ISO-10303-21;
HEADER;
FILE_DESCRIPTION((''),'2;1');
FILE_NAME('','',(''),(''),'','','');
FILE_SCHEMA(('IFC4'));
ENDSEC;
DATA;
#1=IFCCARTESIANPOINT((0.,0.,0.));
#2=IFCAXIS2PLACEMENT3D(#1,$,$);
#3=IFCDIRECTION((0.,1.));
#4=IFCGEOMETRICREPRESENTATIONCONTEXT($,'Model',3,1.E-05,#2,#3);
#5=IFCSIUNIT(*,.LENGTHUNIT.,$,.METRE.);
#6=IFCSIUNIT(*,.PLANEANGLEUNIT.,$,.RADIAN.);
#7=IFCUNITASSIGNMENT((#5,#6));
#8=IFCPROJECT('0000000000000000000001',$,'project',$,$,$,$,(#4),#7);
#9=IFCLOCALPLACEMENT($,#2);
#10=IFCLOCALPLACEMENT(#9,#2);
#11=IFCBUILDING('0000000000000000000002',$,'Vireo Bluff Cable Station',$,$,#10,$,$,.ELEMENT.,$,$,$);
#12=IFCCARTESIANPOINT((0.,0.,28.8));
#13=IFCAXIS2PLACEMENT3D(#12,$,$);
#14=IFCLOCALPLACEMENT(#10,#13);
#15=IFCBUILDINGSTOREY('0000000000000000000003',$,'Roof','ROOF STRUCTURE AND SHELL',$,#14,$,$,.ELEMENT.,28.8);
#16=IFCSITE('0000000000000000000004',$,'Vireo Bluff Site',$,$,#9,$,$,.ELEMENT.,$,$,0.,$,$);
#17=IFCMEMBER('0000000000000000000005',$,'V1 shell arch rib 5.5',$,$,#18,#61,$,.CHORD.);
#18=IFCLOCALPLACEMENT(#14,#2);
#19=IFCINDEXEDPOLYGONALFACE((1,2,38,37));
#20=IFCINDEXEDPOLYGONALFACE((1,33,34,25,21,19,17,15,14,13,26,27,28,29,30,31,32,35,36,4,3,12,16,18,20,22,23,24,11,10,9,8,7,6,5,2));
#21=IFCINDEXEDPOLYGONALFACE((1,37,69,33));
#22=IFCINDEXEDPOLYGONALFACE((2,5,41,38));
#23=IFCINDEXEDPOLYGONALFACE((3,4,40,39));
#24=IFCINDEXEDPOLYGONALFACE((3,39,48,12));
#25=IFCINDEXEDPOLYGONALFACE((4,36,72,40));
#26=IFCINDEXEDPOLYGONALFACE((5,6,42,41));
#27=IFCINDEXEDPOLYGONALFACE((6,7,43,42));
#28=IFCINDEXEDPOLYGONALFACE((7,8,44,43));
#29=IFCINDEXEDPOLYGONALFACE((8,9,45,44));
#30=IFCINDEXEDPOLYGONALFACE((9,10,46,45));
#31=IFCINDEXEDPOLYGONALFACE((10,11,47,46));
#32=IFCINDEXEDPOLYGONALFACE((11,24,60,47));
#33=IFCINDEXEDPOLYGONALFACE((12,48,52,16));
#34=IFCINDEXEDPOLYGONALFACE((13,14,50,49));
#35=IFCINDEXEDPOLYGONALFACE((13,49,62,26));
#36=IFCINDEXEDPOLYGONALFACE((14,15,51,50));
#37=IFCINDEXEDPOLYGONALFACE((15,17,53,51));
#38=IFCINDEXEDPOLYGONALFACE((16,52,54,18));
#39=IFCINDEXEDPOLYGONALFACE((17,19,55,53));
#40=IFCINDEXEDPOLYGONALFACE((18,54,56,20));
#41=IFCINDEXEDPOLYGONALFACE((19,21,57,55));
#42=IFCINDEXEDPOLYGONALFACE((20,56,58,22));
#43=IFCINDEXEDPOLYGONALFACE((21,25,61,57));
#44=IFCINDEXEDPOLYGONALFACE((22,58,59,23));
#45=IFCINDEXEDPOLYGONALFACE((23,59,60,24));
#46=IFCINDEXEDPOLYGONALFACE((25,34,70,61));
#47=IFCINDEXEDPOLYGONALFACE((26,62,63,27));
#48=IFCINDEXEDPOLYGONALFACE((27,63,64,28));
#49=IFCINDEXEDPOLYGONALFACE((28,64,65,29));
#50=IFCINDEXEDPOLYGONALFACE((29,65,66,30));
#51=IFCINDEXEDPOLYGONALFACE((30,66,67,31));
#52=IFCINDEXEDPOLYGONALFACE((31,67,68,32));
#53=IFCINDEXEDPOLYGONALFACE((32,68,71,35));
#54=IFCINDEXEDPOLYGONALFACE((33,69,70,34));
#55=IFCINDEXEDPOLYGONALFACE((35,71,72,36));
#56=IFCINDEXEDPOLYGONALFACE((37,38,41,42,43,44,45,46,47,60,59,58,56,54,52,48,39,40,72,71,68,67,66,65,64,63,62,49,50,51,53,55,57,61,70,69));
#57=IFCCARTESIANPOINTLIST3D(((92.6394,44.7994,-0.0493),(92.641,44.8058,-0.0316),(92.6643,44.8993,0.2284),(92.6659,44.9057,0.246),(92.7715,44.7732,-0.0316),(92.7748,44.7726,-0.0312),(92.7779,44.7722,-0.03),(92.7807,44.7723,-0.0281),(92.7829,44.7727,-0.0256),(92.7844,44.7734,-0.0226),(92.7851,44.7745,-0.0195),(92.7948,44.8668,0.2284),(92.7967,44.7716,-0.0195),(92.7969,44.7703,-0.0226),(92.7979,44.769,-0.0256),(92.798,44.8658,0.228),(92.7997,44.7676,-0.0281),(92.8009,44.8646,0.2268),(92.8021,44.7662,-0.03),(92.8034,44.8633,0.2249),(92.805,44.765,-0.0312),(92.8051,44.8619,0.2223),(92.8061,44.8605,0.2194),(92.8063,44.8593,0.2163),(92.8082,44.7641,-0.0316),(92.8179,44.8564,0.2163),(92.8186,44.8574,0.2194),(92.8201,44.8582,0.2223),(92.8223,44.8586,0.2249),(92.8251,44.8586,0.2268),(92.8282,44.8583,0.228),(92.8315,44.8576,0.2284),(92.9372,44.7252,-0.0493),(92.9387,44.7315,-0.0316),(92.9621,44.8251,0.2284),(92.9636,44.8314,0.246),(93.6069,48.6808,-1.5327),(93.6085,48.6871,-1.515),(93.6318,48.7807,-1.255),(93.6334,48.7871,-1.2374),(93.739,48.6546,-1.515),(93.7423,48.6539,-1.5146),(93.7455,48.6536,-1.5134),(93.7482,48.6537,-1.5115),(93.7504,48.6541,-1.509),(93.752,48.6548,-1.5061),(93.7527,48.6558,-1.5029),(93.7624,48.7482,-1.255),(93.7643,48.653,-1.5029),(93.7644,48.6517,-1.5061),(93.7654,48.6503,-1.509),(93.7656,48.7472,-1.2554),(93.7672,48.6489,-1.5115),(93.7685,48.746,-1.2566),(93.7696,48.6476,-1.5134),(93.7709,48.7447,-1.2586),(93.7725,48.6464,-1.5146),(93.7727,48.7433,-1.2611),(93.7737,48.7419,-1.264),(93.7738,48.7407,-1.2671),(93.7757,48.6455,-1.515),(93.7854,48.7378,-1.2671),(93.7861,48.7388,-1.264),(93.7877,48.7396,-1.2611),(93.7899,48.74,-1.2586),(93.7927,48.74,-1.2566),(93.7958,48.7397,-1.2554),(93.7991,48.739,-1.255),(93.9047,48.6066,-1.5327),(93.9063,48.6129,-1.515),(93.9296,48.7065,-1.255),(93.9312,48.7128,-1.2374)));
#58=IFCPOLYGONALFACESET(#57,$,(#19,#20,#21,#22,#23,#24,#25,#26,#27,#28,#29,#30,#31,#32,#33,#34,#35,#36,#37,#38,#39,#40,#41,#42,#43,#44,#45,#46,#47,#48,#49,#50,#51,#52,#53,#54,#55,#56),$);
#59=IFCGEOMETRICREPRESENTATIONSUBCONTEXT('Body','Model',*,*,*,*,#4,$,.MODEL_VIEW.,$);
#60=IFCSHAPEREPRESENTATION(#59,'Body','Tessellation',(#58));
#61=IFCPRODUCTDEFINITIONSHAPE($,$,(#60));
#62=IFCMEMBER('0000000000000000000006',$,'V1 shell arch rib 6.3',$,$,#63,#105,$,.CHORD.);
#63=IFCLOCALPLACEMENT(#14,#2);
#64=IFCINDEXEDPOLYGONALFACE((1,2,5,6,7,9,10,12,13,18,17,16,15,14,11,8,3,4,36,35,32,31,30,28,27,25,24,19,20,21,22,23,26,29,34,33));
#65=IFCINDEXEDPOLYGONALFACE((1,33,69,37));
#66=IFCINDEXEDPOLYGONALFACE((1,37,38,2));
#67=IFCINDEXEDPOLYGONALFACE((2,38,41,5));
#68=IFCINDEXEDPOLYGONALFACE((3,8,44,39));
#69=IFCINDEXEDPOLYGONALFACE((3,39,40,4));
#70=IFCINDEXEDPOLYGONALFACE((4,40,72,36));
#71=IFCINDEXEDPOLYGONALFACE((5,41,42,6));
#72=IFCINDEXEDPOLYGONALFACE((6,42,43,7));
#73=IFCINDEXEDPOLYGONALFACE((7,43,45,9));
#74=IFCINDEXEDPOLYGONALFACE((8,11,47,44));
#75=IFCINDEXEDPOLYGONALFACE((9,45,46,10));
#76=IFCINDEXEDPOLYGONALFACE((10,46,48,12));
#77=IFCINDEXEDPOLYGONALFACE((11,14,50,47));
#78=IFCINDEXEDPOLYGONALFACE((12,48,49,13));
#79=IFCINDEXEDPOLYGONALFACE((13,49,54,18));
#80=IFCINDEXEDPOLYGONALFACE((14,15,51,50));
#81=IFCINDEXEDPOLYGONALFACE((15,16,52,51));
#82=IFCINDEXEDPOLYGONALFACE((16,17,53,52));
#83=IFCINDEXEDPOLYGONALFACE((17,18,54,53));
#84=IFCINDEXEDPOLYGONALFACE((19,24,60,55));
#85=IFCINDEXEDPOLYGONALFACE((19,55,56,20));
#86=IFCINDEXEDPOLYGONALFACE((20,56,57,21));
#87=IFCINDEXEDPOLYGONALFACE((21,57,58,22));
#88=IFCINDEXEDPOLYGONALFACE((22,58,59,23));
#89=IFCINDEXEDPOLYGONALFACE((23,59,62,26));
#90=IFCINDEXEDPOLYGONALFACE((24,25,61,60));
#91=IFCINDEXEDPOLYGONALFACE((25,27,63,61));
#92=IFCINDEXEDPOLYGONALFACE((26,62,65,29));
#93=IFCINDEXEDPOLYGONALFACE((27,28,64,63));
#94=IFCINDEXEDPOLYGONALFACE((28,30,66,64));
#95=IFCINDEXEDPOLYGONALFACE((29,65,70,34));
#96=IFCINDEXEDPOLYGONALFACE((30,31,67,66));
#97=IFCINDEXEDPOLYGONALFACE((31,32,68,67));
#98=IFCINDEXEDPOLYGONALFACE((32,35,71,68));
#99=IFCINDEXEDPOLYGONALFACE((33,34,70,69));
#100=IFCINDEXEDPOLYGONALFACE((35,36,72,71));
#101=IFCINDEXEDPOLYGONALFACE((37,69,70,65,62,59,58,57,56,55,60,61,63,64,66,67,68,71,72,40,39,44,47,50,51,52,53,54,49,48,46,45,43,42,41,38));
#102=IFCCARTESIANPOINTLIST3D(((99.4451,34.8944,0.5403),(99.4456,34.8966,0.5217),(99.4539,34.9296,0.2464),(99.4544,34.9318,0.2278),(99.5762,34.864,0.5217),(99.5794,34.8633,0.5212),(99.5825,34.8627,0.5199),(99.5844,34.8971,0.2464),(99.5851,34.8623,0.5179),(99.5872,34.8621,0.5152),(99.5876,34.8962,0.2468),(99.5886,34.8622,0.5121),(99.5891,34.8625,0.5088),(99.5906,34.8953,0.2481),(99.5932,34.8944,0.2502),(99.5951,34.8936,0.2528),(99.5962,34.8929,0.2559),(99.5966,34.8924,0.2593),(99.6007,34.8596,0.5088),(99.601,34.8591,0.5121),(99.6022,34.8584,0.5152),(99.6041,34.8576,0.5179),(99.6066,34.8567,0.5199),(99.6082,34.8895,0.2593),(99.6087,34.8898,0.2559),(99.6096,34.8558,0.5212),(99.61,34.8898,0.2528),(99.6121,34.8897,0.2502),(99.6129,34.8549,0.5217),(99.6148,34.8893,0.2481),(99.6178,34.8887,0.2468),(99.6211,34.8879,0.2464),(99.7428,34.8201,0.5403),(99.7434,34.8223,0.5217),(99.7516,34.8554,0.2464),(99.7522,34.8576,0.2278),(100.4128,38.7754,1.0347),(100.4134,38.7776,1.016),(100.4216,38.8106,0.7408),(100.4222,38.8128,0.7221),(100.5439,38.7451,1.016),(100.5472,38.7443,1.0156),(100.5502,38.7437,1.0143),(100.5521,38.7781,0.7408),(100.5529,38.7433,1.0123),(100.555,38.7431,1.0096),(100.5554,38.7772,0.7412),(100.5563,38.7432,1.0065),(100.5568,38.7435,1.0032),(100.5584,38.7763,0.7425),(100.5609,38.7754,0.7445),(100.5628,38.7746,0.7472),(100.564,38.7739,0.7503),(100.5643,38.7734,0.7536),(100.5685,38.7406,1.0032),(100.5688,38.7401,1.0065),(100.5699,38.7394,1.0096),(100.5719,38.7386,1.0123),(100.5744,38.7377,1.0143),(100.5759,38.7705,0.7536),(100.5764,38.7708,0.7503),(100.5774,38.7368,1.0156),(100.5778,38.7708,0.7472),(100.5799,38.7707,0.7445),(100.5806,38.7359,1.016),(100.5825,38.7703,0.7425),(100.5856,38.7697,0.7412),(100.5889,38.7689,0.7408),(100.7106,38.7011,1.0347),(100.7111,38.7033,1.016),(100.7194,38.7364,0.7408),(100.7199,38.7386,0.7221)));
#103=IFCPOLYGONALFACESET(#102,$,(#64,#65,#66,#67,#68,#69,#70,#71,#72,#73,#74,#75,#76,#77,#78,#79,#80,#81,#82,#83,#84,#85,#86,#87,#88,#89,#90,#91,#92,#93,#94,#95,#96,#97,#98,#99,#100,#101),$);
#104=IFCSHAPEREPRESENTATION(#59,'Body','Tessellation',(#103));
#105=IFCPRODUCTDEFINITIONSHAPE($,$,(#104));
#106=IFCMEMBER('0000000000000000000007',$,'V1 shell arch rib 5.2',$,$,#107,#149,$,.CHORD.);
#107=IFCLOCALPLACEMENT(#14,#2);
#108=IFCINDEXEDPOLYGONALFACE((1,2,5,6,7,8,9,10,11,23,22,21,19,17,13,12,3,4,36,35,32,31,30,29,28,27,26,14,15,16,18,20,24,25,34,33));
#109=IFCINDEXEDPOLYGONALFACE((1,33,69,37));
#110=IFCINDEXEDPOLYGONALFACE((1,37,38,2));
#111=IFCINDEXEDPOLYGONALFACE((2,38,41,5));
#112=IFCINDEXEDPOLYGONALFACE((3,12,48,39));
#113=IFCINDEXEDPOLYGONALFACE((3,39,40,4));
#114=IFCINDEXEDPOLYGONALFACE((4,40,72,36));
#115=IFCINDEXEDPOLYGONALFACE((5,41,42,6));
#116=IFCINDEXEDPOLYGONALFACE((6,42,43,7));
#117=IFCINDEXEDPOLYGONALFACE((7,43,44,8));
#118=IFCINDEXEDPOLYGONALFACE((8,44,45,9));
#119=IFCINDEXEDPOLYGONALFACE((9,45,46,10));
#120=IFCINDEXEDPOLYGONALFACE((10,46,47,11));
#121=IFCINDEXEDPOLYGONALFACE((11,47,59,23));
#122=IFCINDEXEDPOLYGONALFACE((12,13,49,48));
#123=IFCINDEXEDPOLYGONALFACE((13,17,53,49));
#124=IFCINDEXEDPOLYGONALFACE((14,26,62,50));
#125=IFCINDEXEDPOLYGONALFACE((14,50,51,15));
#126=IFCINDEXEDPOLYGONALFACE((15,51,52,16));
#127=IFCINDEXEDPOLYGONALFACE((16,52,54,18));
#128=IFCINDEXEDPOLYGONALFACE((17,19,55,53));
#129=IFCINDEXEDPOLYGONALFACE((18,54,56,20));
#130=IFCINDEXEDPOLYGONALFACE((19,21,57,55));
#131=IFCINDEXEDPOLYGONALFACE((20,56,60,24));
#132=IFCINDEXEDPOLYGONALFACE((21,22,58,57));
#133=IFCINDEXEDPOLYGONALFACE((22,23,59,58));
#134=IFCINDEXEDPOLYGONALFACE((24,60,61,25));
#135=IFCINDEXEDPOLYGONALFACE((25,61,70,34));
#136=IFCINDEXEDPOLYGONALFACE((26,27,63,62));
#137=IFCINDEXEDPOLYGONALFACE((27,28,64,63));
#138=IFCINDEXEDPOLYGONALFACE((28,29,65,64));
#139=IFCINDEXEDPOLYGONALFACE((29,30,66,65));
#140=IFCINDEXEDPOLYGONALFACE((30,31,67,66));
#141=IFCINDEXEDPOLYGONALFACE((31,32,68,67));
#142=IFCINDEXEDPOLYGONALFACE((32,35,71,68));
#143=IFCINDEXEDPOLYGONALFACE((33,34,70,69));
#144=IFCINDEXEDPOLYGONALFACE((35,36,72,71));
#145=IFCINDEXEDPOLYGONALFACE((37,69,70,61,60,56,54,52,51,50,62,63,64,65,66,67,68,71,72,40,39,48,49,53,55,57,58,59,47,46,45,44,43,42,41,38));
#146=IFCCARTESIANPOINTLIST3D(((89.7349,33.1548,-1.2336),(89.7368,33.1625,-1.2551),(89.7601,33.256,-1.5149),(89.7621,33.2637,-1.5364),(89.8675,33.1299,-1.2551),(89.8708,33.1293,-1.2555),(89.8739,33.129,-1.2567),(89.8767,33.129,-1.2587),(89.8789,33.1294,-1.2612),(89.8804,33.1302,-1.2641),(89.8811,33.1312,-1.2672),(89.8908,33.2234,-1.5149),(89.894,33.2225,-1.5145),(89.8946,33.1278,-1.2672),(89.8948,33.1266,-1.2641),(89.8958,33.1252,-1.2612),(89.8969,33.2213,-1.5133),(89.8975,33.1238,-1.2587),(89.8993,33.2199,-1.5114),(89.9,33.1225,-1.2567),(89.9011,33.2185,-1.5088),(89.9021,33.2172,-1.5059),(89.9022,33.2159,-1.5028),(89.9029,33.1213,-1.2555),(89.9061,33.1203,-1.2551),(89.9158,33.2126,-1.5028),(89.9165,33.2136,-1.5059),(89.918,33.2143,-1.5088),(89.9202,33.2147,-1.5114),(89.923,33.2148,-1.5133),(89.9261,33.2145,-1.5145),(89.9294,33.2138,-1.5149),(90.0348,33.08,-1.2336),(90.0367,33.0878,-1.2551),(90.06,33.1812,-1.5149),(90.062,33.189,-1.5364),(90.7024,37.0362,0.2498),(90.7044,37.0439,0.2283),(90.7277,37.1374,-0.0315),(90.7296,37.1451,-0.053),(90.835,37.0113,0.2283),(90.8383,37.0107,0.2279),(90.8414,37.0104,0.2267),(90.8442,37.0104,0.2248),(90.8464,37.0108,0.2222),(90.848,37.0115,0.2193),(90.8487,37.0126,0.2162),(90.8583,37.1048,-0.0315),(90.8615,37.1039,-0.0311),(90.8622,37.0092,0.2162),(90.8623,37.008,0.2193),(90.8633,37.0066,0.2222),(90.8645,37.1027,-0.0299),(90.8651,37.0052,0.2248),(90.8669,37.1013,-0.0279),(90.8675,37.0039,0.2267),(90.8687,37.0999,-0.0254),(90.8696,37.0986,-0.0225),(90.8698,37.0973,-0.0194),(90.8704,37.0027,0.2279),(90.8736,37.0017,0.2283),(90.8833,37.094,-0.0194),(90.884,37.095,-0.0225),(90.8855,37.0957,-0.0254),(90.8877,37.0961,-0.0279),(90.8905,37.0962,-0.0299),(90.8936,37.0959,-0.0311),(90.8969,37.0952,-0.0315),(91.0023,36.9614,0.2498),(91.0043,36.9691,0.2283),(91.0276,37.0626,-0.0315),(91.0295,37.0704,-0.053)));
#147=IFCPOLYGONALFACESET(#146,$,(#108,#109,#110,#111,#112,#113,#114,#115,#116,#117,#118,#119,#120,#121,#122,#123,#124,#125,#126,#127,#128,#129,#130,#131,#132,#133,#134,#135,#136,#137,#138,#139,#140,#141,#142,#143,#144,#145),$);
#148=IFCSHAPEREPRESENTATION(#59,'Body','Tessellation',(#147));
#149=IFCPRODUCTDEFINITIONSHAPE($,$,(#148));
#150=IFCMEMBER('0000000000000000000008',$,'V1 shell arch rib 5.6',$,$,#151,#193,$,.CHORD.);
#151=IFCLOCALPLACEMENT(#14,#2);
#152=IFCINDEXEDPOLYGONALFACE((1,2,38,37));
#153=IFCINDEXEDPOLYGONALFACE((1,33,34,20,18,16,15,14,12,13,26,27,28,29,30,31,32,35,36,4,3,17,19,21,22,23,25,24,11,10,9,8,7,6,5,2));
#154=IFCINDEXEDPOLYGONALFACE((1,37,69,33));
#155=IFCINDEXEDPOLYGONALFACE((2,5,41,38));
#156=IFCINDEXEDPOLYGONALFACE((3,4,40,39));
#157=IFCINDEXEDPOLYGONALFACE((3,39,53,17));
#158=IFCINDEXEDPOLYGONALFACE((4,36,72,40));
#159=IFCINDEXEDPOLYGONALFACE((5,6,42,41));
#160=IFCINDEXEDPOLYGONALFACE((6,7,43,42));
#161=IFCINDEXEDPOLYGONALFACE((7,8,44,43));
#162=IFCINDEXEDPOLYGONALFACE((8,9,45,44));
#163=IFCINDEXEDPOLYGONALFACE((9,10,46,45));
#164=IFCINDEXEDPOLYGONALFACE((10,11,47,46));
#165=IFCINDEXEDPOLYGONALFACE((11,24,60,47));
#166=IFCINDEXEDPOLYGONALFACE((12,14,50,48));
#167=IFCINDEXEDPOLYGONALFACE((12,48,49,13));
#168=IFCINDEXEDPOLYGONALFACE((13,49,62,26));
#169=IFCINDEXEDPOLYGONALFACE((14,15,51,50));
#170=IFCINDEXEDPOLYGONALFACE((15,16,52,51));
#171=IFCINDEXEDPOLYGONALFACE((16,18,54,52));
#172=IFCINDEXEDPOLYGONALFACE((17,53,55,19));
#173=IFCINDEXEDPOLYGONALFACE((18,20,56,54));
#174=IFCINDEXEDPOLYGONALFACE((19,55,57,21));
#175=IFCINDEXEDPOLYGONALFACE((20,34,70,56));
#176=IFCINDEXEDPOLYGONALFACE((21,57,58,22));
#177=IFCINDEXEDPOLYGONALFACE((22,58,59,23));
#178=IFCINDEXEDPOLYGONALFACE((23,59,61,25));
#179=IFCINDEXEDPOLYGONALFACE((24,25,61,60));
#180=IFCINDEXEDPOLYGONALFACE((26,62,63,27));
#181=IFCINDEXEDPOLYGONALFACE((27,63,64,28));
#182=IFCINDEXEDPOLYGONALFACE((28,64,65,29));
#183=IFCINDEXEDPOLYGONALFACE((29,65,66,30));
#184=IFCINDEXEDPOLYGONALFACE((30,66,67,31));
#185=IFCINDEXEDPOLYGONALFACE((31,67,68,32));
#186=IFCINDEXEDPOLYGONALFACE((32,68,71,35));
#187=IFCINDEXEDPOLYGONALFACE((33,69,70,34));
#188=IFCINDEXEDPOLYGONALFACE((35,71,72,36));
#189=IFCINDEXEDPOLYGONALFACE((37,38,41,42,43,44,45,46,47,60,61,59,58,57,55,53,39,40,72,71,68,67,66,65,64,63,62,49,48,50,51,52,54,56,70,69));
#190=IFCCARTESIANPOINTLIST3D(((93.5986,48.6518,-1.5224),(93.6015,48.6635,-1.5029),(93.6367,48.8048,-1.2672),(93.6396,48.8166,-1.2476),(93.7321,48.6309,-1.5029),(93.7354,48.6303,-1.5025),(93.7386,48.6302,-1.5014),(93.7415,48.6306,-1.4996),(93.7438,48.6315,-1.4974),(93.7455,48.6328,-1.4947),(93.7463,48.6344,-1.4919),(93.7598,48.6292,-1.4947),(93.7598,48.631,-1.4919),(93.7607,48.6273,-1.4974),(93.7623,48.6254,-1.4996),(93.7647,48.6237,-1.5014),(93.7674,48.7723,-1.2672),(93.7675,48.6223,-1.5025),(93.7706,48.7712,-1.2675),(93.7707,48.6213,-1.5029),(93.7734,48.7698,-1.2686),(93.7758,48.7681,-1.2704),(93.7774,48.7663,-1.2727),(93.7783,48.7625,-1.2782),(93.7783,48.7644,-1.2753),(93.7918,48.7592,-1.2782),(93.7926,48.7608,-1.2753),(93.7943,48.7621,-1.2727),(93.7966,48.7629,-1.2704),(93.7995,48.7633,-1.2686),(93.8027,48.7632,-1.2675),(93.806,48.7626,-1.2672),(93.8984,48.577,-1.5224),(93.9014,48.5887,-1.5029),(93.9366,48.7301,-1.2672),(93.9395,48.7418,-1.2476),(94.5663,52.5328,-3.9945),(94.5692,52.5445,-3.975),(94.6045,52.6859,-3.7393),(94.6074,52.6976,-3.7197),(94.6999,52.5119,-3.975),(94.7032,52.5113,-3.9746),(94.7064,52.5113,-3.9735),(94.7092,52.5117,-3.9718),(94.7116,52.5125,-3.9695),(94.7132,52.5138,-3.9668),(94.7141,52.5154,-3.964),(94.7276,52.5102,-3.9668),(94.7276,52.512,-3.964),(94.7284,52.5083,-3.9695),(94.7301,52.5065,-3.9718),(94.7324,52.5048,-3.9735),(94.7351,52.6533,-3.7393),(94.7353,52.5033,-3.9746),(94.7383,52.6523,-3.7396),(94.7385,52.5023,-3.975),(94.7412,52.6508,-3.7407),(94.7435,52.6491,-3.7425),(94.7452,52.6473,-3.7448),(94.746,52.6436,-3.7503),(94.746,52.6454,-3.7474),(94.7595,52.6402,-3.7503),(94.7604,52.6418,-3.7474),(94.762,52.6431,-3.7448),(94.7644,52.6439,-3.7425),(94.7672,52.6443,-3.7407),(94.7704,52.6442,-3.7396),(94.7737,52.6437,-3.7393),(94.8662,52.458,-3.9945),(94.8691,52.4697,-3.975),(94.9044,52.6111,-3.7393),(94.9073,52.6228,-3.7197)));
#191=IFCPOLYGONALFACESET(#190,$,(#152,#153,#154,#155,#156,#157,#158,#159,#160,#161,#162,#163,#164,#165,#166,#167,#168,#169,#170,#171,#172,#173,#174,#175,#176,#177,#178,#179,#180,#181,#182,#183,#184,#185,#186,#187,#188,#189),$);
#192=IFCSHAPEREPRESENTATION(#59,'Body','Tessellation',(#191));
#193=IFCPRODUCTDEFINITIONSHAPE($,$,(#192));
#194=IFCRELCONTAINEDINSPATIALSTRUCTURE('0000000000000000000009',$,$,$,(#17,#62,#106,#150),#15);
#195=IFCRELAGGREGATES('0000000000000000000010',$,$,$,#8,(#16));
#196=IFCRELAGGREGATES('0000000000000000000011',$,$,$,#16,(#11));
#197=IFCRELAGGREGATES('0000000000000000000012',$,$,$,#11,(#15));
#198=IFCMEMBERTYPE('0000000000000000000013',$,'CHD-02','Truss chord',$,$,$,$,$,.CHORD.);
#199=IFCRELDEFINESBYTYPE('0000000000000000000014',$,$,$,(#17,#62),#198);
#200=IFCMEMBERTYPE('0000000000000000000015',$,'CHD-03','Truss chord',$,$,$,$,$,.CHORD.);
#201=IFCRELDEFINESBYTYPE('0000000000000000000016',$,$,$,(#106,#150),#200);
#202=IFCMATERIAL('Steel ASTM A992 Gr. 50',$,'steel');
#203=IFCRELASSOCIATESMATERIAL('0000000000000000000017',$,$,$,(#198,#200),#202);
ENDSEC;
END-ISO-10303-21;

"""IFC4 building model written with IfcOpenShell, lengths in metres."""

from ifc_helpers import new_model, si_unit, direction, frame, origin, origin_2d, place, context, subcontext, project, spatial, i_section, extrude, material, material_profile, profile_set, type_object, element, save


model = new_model("IFC4")

# Units and contexts
model_context = context("Model", 3, precision=1e-05, world=origin(), true_north=direction((0.0, 1.0)))
body_context = subcontext(model_context, "Body", "Model", "MODEL_VIEW")
ifc_project = project(units=[si_unit("LENGTHUNIT", "METRE"), si_unit("PLANEANGLEUNIT", "RADIAN")], contexts=[model_context])

# Site, building, storey
site_placement = place(None, origin())
site = spatial("IfcSite", under=ifc_project, at=site_placement, Name="Vireo Bluff Site", CompositionType="ELEMENT", RefElevation=0.0)
building_placement = place(site_placement, origin())
building = spatial("IfcBuilding", under=site, at=building_placement, Name="Vireo Bluff Cable Station", CompositionType="ELEMENT")
storey_placement = place(building_placement, frame((0.0, 0.0, 28.8)))
storey = spatial("IfcBuildingStorey", under=building, at=storey_placement, Name="Roof", Description="ROOF STRUCTURE AND SHELL", CompositionType="ELEMENT", Elevation=28.8)

# Members
ifc_material_1 = material(Name="Steel ASTM A992 Gr. 50", Category="steel")
ifc_material_profile_1 = material_profile(ifc_material_1, i_section(OverallWidth=0.3069, OverallDepth=0.3149, WebThickness=0.012, FlangeThickness=0.0188, FilletRadius=0.0129, at=origin_2d()), Name="W12X79")
ifc_profile_set_1 = profile_set([ifc_material_profile_1], Name="Steel ASTM A992 Gr. 50")
member_type_1 = type_object("IfcMemberType", Name="CHD-02", Description="Truss chord", PredefinedType="CHORD", material=ifc_profile_set_1)
member_1_placement = place(storey_placement, frame((92.8015, 44.8154, 0.0984), z_axis=(0.226783, 0.909766, -0.3477), x_axis=(-0.970307, 0.241875, 0.0)))
element("IfcMember", 1, at=member_1_placement, inside=storey, type_object=member_type_1, Name="V1 shell arch rib 5.5", PredefinedType="CHORD", context=body_context, shape_type="SweptSolid", body=[
    extrude(i_section(OverallWidth=0.3069, OverallDepth=0.3149, WebThickness=0.012, FlangeThickness=0.0188, FilletRadius=0.0129, at=origin_2d()), origin(), (0.0, 0.0, 1.0), 4.2664),
])
member_2_placement = place(storey_placement, frame((99.5986, 34.876, 0.384), z_axis=(0.24012, 0.962962, 0.122665), x_axis=(-0.97029, 0.241947, 0.0)))
element("IfcMember", 2, at=member_2_placement, inside=storey, type_object=member_type_1, Name="V1 shell arch rib 6.3", PredefinedType="CHORD", context=body_context, shape_type="SweptSolid", body=[
    extrude(i_section(OverallWidth=0.3069, OverallDepth=0.3149, WebThickness=0.012, FlangeThickness=0.0188, FilletRadius=0.0129, at=origin_2d()), origin(), (0.0, 0.0, 1.0), 4.0303),
])
ifc_material_profile_2 = material_profile(ifc_material_1, i_section(OverallWidth=0.3091, OverallDepth=0.323, WebThickness=0.0139, FlangeThickness=0.0229, FilletRadius=0.0129, at=origin_2d()), Name="W12X96")
ifc_profile_set_2 = profile_set([ifc_material_profile_2], Name="Steel ASTM A992 Gr. 50")
member_type_2 = type_object("IfcMemberType", Name="CHD-03", Description="Truss chord", PredefinedType="CHORD", material=ifc_profile_set_2)
member_3_placement = place(storey_placement, frame((89.8984, 33.1719, -1.385), z_axis=(0.226783, 0.909766, 0.3477), x_axis=(-0.970307, 0.241875, 0.0)))
element("IfcMember", 3, at=member_3_placement, inside=storey, type_object=member_type_2, Name="V1 shell arch rib 5.2", PredefinedType="CHORD", context=body_context, shape_type="SweptSolid", body=[
    extrude(i_section(OverallWidth=0.3091, OverallDepth=0.323, WebThickness=0.0139, FlangeThickness=0.0229, FilletRadius=0.0129, at=origin_2d()), origin(), (0.0, 0.0, 1.0), 4.2664),
])
member_4_placement = place(storey_placement, frame((93.769, 48.6968, -1.385), z_axis=(0.205811, 0.825371, -0.525741), x_axis=(-0.97029, 0.241947, 0.0)))
element("IfcMember", 4, at=member_4_placement, inside=storey, type_object=member_type_2, Name="V1 shell arch rib 5.6", PredefinedType="CHORD", context=body_context, shape_type="SweptSolid", body=[
    extrude(i_section(OverallWidth=0.3091, OverallDepth=0.323, WebThickness=0.0139, FlangeThickness=0.0229, FilletRadius=0.0129, at=origin_2d()), origin(), (0.0, 0.0, 1.0), 4.7021),
])

save(model, "model.ifc")
